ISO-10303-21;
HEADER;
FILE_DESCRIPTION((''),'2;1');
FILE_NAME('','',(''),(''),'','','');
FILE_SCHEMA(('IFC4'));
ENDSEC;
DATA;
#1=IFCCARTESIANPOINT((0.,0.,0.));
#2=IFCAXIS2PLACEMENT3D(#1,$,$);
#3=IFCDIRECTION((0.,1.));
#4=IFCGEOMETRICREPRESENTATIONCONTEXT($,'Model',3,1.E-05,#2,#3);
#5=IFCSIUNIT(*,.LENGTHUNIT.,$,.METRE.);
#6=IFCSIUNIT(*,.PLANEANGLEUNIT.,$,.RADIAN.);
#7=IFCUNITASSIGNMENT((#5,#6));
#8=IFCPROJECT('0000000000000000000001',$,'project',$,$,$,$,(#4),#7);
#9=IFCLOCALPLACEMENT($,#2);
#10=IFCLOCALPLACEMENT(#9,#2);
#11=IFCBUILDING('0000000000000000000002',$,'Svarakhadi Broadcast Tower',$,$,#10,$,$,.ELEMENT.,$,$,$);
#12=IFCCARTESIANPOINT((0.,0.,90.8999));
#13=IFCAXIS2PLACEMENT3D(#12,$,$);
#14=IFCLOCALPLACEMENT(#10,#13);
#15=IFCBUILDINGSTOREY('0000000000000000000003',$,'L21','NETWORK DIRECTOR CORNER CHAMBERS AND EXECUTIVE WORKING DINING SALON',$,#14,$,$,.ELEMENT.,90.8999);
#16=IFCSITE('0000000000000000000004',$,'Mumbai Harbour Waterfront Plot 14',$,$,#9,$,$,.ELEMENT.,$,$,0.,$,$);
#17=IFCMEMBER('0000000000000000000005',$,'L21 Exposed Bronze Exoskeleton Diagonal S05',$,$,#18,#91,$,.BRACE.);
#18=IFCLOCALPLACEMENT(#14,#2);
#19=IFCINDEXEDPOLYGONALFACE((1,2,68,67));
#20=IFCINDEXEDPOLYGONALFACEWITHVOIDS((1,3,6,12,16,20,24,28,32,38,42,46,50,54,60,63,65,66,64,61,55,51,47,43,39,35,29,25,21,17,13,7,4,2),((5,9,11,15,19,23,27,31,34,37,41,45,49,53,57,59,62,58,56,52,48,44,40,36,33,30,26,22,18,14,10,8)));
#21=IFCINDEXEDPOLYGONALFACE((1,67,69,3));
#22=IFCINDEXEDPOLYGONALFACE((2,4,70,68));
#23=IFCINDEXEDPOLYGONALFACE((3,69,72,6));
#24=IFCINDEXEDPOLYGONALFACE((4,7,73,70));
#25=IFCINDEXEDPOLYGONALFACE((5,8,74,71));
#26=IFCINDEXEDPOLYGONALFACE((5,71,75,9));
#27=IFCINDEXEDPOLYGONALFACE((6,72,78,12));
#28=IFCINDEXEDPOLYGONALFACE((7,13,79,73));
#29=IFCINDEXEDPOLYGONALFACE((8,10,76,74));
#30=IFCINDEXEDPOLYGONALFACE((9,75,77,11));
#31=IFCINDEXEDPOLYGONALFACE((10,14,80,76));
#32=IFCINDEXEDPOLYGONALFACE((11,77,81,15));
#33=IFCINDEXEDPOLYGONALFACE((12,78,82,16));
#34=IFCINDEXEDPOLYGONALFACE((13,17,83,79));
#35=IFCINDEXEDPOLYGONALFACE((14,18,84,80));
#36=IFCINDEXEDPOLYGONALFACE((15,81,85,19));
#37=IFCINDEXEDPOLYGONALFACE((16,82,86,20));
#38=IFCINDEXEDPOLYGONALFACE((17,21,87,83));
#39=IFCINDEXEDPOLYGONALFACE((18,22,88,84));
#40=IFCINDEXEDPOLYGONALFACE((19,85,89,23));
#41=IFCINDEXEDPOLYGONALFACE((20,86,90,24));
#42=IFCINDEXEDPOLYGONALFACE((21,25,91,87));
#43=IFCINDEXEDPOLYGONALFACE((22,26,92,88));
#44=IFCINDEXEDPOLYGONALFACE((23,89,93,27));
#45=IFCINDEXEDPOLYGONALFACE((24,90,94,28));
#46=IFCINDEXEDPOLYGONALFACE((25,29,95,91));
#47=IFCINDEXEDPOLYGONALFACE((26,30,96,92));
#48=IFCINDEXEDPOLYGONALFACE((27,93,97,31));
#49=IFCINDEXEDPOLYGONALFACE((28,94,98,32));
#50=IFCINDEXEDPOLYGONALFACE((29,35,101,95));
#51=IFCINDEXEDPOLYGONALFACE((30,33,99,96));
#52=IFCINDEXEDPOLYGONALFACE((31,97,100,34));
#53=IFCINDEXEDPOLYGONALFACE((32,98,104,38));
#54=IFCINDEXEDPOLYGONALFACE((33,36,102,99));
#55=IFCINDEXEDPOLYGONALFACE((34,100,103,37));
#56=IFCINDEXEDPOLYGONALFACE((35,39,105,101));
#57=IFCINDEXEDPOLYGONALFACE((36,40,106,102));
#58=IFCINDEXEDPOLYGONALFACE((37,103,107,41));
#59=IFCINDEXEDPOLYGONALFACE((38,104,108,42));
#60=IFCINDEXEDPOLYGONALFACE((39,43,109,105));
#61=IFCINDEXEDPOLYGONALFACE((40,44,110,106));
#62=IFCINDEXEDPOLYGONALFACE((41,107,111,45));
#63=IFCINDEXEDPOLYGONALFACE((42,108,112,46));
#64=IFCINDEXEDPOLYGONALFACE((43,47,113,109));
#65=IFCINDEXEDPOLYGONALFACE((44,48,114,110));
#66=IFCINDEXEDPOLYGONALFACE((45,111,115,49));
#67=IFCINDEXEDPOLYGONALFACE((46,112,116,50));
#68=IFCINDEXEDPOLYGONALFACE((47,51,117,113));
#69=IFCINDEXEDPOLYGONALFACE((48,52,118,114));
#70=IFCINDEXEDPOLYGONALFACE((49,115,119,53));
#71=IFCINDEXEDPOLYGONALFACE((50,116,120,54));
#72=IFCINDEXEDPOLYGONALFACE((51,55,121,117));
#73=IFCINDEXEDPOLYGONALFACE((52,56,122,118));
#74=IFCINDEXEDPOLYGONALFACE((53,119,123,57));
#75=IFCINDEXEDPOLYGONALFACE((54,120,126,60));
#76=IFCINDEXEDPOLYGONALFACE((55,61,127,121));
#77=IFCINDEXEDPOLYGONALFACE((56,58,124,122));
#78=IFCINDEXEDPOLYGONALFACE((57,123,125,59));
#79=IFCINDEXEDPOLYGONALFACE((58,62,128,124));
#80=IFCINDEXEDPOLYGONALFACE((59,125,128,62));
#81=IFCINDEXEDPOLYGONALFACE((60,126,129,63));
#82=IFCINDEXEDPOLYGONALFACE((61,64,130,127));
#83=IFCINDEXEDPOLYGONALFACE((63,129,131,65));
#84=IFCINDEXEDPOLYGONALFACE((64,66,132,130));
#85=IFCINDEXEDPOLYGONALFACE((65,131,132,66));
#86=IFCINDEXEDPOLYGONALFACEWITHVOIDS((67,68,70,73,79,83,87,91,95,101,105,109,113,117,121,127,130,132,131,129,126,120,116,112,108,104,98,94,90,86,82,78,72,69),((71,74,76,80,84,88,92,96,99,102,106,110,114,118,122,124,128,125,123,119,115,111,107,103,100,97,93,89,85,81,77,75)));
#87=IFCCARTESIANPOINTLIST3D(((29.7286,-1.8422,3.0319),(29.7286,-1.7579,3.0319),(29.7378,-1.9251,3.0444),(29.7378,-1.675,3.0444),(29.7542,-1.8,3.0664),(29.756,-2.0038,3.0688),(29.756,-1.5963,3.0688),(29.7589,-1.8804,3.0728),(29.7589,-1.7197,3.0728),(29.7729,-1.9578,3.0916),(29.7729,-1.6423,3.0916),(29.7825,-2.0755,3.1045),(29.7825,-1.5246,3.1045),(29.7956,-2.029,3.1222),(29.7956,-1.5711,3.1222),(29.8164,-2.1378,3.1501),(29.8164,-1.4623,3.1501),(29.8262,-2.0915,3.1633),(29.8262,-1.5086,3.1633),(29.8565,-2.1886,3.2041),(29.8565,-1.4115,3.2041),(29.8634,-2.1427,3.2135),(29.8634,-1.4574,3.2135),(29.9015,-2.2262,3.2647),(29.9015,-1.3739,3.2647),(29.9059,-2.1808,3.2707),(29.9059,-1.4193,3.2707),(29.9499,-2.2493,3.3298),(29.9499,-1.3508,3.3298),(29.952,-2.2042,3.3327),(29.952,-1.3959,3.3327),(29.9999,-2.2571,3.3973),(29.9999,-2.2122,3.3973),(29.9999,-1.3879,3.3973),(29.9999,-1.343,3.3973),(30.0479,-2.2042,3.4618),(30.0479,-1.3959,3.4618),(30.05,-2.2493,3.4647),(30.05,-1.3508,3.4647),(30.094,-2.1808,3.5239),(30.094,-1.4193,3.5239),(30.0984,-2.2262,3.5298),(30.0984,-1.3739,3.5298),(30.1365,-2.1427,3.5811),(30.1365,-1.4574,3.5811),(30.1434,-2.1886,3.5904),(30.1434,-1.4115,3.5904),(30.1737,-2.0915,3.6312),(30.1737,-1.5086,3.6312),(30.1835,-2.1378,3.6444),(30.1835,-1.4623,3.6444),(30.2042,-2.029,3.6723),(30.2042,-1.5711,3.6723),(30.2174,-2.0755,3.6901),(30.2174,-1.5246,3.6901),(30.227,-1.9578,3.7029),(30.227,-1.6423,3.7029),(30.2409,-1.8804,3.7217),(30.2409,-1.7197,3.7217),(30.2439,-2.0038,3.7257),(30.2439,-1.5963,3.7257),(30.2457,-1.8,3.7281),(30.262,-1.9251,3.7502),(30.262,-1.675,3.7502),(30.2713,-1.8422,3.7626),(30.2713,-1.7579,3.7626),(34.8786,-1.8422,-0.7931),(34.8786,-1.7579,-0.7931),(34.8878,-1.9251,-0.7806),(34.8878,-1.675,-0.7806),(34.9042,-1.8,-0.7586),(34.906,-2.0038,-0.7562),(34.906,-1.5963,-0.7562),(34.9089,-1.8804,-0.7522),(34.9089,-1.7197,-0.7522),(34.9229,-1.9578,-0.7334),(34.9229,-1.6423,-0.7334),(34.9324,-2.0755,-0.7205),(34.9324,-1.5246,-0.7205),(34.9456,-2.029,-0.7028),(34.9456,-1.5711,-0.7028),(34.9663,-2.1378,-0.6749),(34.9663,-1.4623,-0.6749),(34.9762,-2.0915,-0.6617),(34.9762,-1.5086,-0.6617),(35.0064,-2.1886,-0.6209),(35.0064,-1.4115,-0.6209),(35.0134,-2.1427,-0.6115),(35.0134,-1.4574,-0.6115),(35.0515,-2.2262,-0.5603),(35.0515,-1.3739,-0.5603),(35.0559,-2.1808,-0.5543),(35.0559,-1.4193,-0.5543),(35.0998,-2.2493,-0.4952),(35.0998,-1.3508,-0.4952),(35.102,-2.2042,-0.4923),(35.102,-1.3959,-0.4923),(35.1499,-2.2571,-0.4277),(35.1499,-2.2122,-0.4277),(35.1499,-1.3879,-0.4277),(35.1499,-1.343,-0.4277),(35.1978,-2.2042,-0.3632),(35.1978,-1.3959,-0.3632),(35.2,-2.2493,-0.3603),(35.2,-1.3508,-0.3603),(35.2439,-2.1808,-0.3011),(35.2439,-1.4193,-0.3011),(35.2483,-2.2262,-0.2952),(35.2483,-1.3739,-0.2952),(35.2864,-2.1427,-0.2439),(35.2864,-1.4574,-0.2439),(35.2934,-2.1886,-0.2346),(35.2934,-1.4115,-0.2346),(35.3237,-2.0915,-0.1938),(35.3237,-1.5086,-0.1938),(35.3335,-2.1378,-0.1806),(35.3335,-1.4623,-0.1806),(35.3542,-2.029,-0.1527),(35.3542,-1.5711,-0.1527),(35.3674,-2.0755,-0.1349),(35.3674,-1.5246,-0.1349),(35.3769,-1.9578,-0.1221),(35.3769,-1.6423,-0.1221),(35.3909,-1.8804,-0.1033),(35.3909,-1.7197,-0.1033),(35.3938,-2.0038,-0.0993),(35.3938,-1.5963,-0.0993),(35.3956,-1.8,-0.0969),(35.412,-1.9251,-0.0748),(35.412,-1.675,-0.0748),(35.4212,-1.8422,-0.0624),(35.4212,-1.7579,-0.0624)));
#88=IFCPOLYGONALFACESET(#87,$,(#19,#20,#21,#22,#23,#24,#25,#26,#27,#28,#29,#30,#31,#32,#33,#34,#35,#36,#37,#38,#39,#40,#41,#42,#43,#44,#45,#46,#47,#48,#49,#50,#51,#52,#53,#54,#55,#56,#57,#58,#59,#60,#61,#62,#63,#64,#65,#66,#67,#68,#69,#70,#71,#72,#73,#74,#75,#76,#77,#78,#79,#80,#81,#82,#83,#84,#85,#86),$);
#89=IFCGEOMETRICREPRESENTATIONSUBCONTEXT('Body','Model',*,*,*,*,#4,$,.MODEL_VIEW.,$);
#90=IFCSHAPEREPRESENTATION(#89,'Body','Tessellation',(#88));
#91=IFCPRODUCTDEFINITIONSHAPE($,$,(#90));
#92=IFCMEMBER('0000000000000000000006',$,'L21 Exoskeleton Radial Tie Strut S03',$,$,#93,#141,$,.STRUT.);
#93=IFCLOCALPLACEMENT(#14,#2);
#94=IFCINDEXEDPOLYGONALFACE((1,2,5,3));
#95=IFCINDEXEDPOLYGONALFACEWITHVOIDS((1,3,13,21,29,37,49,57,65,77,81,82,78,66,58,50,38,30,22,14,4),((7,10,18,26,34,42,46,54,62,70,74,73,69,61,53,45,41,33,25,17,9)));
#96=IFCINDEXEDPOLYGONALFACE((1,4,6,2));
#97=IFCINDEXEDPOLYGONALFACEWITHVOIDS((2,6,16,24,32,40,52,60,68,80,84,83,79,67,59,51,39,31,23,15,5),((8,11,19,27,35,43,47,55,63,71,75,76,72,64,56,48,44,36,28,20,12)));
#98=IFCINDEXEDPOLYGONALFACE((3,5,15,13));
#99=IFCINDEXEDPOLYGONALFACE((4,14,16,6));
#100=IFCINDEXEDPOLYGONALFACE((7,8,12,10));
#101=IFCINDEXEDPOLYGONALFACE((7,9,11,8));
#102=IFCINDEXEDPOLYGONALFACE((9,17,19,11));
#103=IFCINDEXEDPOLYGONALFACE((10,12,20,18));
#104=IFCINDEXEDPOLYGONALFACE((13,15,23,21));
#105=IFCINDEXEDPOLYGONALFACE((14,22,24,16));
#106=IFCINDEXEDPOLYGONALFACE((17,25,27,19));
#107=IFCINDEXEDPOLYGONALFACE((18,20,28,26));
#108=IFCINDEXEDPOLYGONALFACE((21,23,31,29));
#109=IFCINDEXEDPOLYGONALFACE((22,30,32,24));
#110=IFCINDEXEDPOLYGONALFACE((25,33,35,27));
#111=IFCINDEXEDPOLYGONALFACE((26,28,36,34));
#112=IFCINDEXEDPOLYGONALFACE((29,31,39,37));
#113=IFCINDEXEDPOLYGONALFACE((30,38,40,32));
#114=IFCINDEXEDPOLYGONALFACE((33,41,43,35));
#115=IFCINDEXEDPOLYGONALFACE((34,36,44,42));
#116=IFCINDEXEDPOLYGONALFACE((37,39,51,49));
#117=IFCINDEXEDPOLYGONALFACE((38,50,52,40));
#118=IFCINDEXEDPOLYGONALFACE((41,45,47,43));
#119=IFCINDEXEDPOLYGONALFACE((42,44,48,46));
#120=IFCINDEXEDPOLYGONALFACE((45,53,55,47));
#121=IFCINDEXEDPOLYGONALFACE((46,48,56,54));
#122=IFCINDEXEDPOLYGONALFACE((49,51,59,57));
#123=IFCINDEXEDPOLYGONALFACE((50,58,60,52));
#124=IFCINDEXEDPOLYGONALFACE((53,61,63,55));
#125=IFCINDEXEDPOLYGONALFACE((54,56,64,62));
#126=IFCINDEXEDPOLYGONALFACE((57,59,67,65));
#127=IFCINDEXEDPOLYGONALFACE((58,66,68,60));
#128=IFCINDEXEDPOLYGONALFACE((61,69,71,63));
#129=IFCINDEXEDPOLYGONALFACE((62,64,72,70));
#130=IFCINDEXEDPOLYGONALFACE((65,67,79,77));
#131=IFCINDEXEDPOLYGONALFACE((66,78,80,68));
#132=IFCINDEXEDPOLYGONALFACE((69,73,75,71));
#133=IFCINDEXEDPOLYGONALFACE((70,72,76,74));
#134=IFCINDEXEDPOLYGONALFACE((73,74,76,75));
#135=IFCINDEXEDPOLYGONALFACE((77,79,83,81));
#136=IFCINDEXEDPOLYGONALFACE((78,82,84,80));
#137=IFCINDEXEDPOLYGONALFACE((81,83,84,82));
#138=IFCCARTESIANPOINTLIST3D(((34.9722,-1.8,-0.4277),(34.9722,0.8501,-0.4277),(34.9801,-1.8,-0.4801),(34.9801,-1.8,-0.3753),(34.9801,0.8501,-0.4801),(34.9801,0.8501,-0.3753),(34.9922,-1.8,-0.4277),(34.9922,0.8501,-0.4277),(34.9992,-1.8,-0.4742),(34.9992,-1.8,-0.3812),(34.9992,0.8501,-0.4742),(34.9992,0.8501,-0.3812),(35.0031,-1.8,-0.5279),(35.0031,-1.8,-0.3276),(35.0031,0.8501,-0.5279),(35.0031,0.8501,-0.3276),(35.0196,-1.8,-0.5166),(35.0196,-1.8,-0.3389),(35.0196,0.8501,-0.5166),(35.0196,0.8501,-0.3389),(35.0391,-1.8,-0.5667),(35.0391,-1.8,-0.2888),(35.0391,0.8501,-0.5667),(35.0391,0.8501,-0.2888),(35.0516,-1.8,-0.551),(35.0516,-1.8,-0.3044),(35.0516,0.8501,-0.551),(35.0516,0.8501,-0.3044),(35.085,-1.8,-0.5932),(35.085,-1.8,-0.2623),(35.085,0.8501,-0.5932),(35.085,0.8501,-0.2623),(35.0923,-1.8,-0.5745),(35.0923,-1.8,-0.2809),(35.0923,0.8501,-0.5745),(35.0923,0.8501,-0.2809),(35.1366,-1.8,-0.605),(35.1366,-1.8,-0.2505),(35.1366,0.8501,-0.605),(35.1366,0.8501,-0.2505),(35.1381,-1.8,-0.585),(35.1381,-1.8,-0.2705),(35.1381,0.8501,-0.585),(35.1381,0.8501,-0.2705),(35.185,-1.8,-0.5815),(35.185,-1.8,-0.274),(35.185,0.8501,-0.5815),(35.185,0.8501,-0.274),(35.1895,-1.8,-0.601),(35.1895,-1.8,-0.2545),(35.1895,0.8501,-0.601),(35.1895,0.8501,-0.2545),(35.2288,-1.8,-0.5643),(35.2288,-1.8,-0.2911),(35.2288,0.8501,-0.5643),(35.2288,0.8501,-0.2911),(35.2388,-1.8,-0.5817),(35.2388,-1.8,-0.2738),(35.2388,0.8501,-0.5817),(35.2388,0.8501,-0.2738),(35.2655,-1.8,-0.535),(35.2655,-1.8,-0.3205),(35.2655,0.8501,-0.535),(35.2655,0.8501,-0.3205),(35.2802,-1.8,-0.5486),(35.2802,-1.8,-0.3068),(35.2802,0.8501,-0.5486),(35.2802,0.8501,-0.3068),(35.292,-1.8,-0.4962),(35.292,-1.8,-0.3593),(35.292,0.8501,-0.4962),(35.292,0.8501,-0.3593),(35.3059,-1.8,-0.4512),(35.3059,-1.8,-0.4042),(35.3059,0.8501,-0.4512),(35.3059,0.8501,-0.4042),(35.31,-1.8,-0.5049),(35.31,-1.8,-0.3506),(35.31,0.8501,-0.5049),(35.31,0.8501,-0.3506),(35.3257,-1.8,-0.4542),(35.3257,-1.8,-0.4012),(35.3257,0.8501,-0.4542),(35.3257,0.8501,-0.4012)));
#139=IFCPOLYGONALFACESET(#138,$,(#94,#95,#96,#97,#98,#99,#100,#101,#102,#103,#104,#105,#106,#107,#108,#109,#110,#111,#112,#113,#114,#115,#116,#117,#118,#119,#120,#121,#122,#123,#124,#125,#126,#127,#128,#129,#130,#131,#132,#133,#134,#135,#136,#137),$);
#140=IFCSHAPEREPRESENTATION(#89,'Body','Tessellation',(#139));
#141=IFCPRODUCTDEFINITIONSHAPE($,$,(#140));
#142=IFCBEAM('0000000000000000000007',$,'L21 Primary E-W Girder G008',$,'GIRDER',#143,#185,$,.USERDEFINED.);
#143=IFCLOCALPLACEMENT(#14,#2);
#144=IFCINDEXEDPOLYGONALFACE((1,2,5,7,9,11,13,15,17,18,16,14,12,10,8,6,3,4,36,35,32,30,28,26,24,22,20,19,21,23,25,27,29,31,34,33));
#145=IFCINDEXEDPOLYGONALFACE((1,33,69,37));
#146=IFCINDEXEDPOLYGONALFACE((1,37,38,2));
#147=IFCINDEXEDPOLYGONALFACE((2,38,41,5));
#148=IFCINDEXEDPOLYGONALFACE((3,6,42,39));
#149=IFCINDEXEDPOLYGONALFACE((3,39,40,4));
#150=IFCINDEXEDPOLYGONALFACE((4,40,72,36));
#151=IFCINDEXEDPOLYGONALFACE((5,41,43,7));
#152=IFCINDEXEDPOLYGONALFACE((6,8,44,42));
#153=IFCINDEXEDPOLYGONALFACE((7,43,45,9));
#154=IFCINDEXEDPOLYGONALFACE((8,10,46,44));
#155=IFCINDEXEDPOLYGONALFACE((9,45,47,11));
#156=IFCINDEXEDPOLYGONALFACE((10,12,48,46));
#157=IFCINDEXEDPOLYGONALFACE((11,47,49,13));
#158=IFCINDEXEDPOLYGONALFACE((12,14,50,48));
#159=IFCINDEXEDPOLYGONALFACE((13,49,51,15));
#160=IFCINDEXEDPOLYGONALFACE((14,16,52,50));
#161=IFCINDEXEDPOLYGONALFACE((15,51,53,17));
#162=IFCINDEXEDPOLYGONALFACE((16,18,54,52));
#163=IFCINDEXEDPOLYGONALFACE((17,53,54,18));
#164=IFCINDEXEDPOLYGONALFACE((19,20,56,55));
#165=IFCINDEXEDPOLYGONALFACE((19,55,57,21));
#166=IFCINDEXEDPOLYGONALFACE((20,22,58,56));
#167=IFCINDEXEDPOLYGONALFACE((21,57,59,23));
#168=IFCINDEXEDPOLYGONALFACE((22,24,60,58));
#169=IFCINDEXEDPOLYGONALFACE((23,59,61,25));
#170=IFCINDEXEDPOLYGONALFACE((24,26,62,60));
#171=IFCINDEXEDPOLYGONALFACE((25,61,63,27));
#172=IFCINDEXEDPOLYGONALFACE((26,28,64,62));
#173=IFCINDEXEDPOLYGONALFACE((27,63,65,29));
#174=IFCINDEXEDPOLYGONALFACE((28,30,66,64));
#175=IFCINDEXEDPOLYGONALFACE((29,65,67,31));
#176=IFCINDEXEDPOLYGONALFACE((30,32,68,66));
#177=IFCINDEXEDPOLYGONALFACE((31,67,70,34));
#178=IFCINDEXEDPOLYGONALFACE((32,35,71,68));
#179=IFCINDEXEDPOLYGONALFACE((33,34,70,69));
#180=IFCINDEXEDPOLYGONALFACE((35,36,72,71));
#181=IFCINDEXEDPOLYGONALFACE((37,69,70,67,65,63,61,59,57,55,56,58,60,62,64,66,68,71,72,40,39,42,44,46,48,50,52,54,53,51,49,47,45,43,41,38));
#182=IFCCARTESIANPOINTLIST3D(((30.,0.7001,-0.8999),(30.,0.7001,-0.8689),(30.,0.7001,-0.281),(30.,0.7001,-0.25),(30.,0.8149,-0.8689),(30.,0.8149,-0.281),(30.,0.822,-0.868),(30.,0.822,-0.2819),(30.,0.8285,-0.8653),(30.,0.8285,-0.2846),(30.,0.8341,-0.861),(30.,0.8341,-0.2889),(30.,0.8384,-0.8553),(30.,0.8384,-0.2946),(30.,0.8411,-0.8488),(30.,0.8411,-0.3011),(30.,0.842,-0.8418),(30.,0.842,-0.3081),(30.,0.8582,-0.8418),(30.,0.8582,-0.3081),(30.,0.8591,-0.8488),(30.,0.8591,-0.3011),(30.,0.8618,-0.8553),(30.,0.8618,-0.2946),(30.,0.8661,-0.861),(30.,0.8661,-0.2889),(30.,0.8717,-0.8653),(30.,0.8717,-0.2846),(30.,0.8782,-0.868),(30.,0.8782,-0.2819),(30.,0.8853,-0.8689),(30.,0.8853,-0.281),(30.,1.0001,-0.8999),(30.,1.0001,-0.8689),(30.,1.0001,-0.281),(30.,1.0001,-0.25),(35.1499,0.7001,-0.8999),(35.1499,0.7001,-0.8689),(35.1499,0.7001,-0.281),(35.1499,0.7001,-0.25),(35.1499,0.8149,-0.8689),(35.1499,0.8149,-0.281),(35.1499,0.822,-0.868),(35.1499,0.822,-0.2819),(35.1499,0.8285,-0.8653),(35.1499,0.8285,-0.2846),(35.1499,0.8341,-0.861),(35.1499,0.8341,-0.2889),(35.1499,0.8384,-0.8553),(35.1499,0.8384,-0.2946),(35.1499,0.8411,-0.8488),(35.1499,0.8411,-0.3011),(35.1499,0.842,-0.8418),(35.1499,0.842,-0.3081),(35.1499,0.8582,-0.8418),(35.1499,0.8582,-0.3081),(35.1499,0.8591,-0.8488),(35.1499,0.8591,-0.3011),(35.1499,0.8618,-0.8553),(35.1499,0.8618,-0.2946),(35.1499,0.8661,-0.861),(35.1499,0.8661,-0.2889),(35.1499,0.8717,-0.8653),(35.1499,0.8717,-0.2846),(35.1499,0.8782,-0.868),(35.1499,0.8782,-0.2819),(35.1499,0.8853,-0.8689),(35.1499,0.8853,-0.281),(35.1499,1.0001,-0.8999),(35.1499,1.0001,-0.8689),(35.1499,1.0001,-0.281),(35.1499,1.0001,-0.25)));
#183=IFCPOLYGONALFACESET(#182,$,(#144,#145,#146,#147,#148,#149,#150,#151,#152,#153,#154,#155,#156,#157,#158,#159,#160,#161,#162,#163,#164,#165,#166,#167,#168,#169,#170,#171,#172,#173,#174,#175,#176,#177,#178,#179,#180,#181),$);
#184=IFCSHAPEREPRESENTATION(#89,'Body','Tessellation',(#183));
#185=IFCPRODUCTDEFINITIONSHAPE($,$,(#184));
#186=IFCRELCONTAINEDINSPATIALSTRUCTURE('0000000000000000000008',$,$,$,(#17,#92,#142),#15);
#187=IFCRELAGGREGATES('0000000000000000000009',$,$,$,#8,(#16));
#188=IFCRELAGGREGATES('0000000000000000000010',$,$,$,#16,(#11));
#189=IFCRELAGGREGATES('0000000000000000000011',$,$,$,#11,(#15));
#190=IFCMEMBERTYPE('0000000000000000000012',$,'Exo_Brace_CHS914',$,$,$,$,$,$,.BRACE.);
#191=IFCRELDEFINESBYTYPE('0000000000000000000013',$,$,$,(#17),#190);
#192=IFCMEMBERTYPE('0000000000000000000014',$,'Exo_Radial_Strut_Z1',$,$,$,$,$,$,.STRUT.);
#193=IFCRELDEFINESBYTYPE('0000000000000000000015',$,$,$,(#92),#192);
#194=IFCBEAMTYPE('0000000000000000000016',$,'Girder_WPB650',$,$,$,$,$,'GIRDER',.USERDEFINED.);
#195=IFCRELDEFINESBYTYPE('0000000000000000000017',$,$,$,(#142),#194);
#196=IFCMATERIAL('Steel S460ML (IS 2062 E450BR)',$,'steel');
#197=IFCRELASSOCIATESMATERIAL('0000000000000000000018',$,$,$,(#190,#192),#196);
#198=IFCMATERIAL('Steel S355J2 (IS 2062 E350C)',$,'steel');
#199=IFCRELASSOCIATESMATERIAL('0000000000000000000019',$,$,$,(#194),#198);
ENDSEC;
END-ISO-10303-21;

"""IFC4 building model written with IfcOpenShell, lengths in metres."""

from ifc_helpers import new_model, si_unit, direction, frame, origin, origin_2d, place, context, subcontext, project, spatial, hollow_circle, i_section, extrude, material, material_profile, profile_set, type_object, element, save


model = new_model("IFC4")

# Units and contexts
model_context = context("Model", 3, precision=1e-05, world=origin(), true_north=direction((0.0, 1.0)))
body_context = subcontext(model_context, "Body", "Model", "MODEL_VIEW")
ifc_project = project(units=[si_unit("LENGTHUNIT", "METRE"), si_unit("PLANEANGLEUNIT", "RADIAN")], contexts=[model_context])

# Site, building, storey
site_placement = place(None, origin())
site = spatial("IfcSite", under=ifc_project, at=site_placement, Name="Mumbai Harbour Waterfront Plot 14", CompositionType="ELEMENT", RefElevation=0.0)
building_placement = place(site_placement, origin())
building = spatial("IfcBuilding", under=site, at=building_placement, Name="Svarakhadi Broadcast Tower", CompositionType="ELEMENT")
storey_placement = place(building_placement, frame((0.0, 0.0, 90.8999)))
storey = spatial("IfcBuildingStorey", under=building, at=storey_placement, Name="L21", Description="NETWORK DIRECTOR CORNER CHAMBERS AND EXECUTIVE WORKING DINING SALON", CompositionType="ELEMENT", Elevation=90.8999)

# Members
ifc_material_1 = material(Name="Steel S460ML (IS 2062 E450BR)", Category="steel")
ifc_material_profile_1 = material_profile(ifc_material_1, hollow_circle(Radius=0.457, WallThickness=0.0449, at=origin_2d()), Name="CHS 914x45")
ifc_profile_set_1 = profile_set([ifc_material_profile_1], Name="Steel S460ML (IS 2062 E450BR)")
member_type_1 = type_object("IfcMemberType", Name="Exo_Brace_CHS914", PredefinedType="BRACE", material=ifc_profile_set_1)
member_1_placement = place(storey_placement, frame((35.1499, -1.8, -0.4277), z_axis=(-0.802795, 0.0, 0.596255), x_axis=(0.0, -1.0, 0.0)))
element("IfcMember", 1, at=member_1_placement, inside=storey, type_object=member_type_1, Name="L21 Exposed Bronze Exoskeleton Diagonal S05", PredefinedType="BRACE", context=body_context, shape_type="SweptSolid", body=[
    extrude(hollow_circle(Radius=0.457, WallThickness=0.0449, at=origin_2d()), origin(), (0.0, 0.0, 1.0), 6.415),
])
ifc_material_profile_2 = material_profile(ifc_material_1, hollow_circle(Radius=0.1777, WallThickness=0.02, at=origin_2d()), Name="CHS 355.6x20")
ifc_profile_set_2 = profile_set([ifc_material_profile_2], Name="Steel S460ML (IS 2062 E450BR)")
member_type_2 = type_object("IfcMemberType", Name="Exo_Radial_Strut_Z1", PredefinedType="STRUT", material=ifc_profile_set_2)
member_2_placement = place(storey_placement, frame((35.1499, -1.8, -0.4277), z_axis=(0.0, 1.0, 0.0), x_axis=(-1.0, 0.0, 0.0)))
element("IfcMember", 2, at=member_2_placement, inside=storey, type_object=member_type_2, Name="L21 Exoskeleton Radial Tie Strut S03", PredefinedType="STRUT", context=body_context, shape_type="SweptSolid", body=[
    extrude(hollow_circle(Radius=0.1777, WallThickness=0.02, at=origin_2d()), origin(), (0.0, 0.0, 1.0), 2.6501),
])

# Beam
ifc_material_2 = material(Name="Steel S355J2 (IS 2062 E350C)", Category="steel")
ifc_material_profile_3 = material_profile(ifc_material_2, i_section(OverallWidth=0.3, OverallDepth=0.6499, WebThickness=0.0161, FlangeThickness=0.031, FilletRadius=0.0271, at=origin_2d()), Name="WPB 650x300x225")
ifc_profile_set_3 = profile_set([ifc_material_profile_3], Name="Steel S355J2 (IS 2062 E350C)")
beam_type_1 = type_object("IfcBeamType", Name="Girder_WPB650", ElementType="GIRDER", PredefinedType="USERDEFINED", material=ifc_profile_set_3)
beam_1_placement = place(storey_placement, frame((30.0, 0.8501, -0.575), z_axis=(1.0, 0.0, 0.0), x_axis=(0.0, 1.0, 0.0)))
element("IfcBeam", 3, at=beam_1_placement, inside=storey, type_object=beam_type_1, Name="L21 Primary E-W Girder G008", ObjectType="GIRDER", PredefinedType="USERDEFINED", context=body_context, shape_type="SweptSolid", body=[
    extrude(i_section(OverallWidth=0.3, OverallDepth=0.6499, WebThickness=0.0161, FlangeThickness=0.031, FilletRadius=0.0271, at=origin_2d()), origin(), (0.0, 0.0, 1.0), 5.1499),
])

save(model, "model.ifc")
